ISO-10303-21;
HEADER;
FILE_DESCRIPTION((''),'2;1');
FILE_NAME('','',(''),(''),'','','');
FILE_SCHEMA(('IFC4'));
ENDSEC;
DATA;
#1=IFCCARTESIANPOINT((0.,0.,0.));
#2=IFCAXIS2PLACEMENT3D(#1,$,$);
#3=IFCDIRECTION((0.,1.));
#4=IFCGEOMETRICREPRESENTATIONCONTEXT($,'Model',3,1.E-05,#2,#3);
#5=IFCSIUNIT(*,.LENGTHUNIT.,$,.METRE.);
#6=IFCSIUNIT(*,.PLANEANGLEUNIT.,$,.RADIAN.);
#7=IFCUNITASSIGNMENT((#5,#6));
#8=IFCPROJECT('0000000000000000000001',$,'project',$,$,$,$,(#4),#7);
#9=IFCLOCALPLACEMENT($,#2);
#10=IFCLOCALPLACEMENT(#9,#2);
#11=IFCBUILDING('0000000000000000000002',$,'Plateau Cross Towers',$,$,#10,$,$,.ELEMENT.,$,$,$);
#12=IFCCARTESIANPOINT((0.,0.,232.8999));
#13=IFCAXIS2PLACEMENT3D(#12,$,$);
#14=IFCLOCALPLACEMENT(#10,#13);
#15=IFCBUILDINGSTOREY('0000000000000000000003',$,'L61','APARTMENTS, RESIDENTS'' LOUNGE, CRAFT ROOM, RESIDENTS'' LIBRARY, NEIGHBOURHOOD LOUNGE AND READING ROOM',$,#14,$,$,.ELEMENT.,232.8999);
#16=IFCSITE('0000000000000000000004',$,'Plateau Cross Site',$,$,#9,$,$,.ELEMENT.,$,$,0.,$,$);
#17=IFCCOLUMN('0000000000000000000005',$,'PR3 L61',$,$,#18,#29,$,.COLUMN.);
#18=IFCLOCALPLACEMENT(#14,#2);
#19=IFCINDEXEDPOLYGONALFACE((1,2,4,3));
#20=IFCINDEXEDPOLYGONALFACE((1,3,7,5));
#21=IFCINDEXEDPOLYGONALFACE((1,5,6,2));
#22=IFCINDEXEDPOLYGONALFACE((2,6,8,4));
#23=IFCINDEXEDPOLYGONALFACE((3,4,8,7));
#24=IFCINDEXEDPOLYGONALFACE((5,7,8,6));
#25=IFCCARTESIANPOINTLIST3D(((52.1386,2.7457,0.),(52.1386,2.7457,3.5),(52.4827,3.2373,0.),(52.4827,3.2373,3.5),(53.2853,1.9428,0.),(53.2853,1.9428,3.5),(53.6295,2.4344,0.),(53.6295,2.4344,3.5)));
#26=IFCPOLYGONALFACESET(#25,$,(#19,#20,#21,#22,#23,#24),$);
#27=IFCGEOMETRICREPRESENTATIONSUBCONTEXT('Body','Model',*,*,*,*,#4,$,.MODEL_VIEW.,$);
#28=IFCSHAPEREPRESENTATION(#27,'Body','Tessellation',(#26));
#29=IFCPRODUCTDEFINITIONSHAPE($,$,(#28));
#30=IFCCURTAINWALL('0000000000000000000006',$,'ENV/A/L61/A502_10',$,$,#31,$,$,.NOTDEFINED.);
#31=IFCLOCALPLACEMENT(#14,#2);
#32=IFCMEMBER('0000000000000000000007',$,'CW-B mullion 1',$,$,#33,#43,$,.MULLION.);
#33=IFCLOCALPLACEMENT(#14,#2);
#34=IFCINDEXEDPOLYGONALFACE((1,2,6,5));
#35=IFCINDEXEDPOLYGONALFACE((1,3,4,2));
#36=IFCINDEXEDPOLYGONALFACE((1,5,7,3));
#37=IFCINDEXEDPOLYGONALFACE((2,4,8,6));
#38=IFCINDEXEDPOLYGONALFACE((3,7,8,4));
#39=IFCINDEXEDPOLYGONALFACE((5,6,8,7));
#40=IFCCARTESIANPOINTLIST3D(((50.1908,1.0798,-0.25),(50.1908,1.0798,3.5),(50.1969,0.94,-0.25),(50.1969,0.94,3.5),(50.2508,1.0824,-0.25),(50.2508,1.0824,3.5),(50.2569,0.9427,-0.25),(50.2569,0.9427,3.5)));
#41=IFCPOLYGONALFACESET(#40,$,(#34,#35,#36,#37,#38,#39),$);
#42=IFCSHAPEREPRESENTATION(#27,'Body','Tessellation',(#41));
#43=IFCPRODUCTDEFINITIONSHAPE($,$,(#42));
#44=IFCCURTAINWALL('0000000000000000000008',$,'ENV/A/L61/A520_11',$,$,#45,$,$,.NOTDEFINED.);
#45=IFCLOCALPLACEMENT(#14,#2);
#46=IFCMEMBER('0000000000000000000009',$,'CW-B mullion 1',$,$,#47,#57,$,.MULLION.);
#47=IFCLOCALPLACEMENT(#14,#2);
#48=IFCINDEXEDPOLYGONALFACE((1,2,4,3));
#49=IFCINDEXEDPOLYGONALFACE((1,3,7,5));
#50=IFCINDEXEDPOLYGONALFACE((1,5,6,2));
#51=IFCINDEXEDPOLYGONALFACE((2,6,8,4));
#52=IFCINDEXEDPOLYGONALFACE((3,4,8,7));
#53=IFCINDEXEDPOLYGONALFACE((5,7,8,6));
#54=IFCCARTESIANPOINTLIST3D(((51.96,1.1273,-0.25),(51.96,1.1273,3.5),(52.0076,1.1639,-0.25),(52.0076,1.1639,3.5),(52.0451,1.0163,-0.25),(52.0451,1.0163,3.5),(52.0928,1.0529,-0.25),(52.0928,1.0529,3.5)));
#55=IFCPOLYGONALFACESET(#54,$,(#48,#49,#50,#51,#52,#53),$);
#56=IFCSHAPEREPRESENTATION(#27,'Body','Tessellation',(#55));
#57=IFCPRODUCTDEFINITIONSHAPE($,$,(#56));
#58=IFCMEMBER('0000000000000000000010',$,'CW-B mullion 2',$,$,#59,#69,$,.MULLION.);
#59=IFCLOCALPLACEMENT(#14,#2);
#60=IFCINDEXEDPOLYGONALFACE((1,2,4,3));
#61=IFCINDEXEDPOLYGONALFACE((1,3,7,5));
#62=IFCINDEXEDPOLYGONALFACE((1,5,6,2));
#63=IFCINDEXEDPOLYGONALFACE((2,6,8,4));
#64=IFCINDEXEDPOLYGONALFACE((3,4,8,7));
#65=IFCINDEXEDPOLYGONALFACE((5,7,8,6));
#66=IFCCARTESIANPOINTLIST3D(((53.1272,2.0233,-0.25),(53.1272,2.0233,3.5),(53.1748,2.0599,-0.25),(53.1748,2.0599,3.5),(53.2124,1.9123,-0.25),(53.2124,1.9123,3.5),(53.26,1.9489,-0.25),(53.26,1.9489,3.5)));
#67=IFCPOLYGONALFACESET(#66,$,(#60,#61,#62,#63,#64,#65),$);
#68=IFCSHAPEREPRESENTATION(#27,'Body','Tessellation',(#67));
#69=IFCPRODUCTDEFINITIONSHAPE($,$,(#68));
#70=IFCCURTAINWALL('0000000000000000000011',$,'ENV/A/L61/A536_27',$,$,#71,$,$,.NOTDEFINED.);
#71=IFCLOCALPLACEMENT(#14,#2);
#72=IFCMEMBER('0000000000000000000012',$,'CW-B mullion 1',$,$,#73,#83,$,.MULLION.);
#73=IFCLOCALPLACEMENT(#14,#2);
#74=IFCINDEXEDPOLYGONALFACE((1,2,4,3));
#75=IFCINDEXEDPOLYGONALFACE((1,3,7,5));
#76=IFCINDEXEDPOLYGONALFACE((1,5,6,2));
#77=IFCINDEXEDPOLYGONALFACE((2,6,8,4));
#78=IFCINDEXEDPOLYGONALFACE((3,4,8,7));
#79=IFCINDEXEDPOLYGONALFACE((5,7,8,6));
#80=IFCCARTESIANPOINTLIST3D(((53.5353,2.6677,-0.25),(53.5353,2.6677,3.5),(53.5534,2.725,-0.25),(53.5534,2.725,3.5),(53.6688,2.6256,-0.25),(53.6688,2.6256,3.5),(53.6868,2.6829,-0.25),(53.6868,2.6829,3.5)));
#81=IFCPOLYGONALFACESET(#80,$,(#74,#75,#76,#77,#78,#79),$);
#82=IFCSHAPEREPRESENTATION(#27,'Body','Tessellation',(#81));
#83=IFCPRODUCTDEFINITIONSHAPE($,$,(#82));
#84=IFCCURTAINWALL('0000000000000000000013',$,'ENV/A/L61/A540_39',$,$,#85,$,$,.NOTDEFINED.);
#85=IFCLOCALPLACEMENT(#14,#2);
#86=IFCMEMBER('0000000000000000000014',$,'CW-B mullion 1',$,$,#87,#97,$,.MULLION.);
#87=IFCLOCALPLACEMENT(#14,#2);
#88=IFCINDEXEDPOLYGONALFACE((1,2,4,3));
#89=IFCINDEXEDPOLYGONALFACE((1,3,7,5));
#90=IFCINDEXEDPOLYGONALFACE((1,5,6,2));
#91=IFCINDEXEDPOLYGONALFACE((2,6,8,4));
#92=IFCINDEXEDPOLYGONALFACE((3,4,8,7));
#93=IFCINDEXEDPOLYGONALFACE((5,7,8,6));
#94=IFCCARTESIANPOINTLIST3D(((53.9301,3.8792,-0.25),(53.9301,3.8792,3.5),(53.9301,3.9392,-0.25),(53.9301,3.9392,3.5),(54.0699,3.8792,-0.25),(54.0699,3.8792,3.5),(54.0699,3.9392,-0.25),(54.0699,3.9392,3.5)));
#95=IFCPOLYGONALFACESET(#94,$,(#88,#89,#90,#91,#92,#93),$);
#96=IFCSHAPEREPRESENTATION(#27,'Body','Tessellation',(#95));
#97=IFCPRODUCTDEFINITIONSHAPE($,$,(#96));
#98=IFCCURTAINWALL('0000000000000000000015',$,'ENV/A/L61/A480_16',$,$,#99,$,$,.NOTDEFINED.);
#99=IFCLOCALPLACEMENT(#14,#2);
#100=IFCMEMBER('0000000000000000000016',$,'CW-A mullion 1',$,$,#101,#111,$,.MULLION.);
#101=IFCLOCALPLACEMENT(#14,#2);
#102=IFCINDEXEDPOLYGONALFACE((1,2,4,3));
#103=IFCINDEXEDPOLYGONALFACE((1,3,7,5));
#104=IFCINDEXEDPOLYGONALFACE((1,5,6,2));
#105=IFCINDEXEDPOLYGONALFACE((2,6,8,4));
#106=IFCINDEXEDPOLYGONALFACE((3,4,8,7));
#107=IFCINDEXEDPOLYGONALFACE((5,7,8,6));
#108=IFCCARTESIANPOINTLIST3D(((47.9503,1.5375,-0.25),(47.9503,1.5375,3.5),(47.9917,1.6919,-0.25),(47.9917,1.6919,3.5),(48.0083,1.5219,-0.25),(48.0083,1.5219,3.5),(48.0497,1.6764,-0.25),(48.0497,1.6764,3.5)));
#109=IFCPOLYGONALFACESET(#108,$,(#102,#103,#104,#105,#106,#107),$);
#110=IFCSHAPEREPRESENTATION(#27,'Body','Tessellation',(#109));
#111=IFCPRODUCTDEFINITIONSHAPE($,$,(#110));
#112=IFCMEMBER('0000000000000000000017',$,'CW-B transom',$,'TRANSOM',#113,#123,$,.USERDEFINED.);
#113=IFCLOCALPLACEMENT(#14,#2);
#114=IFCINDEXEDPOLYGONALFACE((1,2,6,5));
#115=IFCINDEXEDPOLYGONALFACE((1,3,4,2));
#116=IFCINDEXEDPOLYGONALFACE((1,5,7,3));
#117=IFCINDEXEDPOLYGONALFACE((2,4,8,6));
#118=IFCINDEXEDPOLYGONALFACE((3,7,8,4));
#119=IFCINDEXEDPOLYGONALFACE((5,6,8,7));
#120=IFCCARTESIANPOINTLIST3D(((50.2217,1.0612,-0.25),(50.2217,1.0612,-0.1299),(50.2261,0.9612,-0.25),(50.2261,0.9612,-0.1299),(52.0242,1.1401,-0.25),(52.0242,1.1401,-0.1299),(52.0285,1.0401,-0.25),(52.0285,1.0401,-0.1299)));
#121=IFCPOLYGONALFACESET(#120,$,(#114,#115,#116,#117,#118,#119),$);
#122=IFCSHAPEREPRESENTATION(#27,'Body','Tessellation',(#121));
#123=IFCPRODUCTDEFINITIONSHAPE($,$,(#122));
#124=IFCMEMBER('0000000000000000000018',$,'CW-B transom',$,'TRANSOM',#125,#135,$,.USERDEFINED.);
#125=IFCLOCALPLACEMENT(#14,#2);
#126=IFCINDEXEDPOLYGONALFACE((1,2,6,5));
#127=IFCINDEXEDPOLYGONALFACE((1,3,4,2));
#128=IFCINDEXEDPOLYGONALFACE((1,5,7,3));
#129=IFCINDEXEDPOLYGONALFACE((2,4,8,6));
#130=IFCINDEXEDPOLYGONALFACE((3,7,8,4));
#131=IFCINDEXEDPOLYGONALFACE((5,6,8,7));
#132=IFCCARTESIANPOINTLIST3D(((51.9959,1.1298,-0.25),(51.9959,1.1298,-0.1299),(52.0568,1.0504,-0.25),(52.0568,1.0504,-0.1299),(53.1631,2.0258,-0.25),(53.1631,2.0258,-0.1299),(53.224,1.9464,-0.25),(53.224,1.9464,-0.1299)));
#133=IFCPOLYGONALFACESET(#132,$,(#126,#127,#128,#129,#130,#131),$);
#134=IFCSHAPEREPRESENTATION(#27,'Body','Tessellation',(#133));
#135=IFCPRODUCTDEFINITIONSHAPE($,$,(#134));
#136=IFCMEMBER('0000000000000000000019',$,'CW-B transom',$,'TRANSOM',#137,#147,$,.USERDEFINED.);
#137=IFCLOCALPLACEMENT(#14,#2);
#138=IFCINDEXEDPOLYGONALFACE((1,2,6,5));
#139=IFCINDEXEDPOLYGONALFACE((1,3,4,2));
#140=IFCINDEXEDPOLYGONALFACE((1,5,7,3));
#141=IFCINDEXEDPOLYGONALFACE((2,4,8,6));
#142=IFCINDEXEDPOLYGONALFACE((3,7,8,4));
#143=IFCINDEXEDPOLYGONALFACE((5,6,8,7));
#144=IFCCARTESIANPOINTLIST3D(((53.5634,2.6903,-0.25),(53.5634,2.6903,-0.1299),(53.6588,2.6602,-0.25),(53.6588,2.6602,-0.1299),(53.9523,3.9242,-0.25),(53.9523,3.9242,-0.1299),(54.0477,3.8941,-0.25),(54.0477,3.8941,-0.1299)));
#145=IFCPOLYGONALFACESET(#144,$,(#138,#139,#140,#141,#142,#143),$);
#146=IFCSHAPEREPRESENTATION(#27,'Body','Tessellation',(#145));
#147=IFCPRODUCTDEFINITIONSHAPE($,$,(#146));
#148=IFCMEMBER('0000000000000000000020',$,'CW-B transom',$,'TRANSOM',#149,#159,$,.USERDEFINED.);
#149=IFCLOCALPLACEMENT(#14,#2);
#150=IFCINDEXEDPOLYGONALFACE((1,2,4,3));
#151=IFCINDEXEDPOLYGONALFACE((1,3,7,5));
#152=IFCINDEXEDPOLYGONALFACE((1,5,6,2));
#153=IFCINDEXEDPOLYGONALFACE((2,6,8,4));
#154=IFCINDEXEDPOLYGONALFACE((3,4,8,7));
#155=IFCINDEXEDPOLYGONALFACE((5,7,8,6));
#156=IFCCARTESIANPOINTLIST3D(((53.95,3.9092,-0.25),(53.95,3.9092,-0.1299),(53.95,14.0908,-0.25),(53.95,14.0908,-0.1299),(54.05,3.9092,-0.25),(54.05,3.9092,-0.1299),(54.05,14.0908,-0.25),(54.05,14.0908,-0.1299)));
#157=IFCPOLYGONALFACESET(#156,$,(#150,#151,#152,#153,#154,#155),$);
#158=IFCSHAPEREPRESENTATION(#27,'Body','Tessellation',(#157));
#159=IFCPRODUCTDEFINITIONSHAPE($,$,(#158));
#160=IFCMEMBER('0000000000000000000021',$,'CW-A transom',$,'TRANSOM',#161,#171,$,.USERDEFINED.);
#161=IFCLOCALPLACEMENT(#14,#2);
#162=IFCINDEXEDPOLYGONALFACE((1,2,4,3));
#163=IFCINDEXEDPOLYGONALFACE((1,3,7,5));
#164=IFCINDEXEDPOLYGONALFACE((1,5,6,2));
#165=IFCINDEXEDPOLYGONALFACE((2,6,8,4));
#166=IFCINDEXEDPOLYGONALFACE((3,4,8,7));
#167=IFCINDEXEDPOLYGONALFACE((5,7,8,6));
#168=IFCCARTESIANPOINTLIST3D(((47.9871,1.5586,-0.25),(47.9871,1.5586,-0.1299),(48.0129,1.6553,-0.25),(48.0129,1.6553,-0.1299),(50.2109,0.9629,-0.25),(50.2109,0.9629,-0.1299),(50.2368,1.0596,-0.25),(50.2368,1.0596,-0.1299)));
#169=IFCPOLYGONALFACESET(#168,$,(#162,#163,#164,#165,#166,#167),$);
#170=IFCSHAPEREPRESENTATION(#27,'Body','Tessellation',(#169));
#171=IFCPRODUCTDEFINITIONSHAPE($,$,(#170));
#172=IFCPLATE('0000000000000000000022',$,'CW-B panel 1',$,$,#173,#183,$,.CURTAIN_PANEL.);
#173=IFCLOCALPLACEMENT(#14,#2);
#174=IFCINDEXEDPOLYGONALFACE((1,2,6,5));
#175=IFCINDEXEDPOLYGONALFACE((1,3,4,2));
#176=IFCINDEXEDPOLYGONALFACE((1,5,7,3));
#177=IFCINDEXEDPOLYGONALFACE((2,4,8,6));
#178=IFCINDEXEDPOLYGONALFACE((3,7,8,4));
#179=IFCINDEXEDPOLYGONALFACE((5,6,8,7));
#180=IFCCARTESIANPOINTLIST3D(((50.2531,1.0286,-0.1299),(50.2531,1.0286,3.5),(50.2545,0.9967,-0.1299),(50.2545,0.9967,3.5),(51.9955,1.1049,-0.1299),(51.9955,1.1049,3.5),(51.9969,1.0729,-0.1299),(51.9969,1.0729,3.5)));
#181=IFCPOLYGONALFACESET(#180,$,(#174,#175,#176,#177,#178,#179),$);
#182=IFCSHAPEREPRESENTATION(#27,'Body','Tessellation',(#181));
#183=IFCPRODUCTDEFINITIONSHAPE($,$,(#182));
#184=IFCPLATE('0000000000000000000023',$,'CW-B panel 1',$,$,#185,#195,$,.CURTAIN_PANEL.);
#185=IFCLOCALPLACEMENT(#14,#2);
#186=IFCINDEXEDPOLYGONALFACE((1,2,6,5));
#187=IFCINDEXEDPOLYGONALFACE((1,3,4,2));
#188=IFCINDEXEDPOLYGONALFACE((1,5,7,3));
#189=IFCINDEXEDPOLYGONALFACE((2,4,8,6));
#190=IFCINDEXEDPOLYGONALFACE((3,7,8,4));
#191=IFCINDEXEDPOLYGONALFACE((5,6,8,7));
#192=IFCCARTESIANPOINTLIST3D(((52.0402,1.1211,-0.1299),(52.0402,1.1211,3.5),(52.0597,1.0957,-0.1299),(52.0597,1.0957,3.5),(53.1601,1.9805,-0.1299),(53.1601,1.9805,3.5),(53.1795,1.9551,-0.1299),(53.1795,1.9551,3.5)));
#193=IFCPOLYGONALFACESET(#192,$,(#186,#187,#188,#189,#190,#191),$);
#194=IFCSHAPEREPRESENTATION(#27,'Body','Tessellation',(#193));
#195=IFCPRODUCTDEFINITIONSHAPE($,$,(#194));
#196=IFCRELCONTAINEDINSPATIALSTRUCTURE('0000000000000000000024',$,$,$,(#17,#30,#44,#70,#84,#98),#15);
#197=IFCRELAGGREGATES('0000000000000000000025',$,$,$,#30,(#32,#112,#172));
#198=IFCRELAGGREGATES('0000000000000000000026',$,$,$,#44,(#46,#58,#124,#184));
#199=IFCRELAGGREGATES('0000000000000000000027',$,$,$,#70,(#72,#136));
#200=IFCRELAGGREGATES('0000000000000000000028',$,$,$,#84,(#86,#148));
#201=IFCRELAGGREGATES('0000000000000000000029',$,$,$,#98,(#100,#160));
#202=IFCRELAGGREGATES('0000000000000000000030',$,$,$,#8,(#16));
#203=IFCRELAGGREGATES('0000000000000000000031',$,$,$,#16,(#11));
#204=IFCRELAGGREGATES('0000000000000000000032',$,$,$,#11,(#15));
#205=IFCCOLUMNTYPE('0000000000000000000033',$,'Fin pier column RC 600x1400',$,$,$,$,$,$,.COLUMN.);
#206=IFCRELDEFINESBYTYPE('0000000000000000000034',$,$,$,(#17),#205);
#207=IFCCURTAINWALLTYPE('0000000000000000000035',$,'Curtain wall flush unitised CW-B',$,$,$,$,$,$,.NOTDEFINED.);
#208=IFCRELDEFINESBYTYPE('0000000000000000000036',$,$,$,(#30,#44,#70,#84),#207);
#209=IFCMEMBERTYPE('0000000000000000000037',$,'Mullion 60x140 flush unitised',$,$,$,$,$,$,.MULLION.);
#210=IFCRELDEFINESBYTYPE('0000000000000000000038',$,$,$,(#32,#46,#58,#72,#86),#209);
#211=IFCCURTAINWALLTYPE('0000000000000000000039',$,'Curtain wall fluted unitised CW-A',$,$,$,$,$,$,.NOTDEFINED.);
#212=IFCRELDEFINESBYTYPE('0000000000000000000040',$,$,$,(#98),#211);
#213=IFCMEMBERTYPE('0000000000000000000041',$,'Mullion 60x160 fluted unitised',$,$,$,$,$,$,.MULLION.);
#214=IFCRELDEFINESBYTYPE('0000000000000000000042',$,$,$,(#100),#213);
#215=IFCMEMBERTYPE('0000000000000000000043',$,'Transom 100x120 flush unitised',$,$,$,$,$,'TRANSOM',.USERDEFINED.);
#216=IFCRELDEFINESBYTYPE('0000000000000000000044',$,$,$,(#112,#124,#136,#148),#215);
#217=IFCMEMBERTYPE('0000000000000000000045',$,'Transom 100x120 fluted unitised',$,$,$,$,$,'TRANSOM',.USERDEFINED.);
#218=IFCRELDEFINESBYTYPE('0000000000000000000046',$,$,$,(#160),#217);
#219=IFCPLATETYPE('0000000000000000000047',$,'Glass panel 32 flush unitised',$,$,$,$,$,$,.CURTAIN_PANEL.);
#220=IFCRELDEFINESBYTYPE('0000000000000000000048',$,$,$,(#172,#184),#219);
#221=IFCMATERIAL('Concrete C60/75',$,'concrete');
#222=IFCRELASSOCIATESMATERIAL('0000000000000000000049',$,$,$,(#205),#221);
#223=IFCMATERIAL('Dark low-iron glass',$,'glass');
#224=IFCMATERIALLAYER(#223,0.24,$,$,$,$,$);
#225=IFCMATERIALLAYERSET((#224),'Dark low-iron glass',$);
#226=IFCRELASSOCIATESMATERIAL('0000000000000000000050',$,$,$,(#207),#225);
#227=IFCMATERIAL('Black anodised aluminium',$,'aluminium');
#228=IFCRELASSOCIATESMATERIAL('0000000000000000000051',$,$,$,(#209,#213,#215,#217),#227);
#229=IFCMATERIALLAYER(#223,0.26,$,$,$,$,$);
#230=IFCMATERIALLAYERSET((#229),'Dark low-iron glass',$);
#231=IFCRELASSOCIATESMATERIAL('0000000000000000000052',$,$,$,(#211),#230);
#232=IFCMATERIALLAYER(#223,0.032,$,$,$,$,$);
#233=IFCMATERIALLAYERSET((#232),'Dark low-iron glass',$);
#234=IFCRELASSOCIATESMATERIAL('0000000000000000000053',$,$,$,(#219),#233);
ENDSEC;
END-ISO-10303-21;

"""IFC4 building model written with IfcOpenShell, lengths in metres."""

from ifc_helpers import new_model, si_unit, direction, frame, origin, origin_2d, place, context, subcontext, project, spatial, rectangle, extrude, material, layer, layer_set, material_profile, profile_set, type_object, element, aggregate, save


model = new_model("IFC4")

# Units and contexts
model_context = context("Model", 3, precision=1e-05, world=origin(), true_north=direction((0.0, 1.0)))
body_context = subcontext(model_context, "Body", "Model", "MODEL_VIEW")
ifc_project = project(units=[si_unit("LENGTHUNIT", "METRE"), si_unit("PLANEANGLEUNIT", "RADIAN")], contexts=[model_context])

# Site, building, storey
site_placement = place(None, origin())
site = spatial("IfcSite", under=ifc_project, at=site_placement, Name="Plateau Cross Site", CompositionType="ELEMENT", RefElevation=0.0)
building_placement = place(site_placement, origin())
building = spatial("IfcBuilding", under=site, at=building_placement, Name="Plateau Cross Towers", CompositionType="ELEMENT")
storey_placement = place(building_placement, frame((0.0, 0.0, 232.8999)))
storey = spatial("IfcBuildingStorey", under=building, at=storey_placement, Name="L61", Description="APARTMENTS, RESIDENTS' LOUNGE, CRAFT ROOM, RESIDENTS' LIBRARY, NEIGHBOURHOOD LOUNGE AND READING ROOM", CompositionType="ELEMENT", Elevation=232.8999)

# Column
ifc_material_1 = material(Name="Concrete C60/75", Category="concrete")
ifc_material_profile_1 = material_profile(ifc_material_1, rectangle(XDim=0.6001, YDim=1.3999, at=origin_2d()), Name="RC 600x1400")
ifc_profile_set_1 = profile_set([ifc_material_profile_1], Name="Concrete C60/75")
column_type = type_object("IfcColumnType", Name="Fin pier column RC 600x1400", PredefinedType="COLUMN", material=ifc_profile_set_1)
column_placement = place(storey_placement, frame((52.884, 2.5901, 0.0), z_axis=(0.0, 0.0, 1.0), x_axis=(0.573543, 0.819176, 0.0)))
element("IfcColumn", 1, at=column_placement, inside=storey, type_object=column_type, Name="PR3 L61", PredefinedType="COLUMN", context=body_context, shape_type="SweptSolid", body=[
    extrude(rectangle(XDim=0.6001, YDim=1.3999, at=origin_2d()), origin(), (0.0, 0.0, 1.0), 3.5),
])

# Curtain wall, member
ifc_material_2 = material(Name="Dark low-iron glass", Category="glass")
ifc_layer_1 = layer(ifc_material_2, 0.24)
ifc_layer_set_1 = layer_set([ifc_layer_1], Name="Dark low-iron glass")
curtain_wall_type_1 = type_object("IfcCurtainWallType", Name="Curtain wall flush unitised CW-B", PredefinedType="NOTDEFINED", material=ifc_layer_set_1)
curtain_wall_1_placement = place(storey_placement, origin())
curtain_wall_1 = element("IfcCurtainWall", 2, at=curtain_wall_1_placement, inside=storey, type_object=curtain_wall_type_1, Name="ENV/A/L61/A502_10", PredefinedType="NOTDEFINED")
ifc_material_3 = material(Name="Black anodised aluminium", Category="aluminium")
ifc_material_profile_2 = material_profile(ifc_material_3, rectangle(XDim=0.0601, YDim=0.1399, at=origin_2d()), Name="MULLION 60x140")
ifc_profile_set_2 = profile_set([ifc_material_profile_2], Name="Black anodised aluminium")
member_type_1 = type_object("IfcMemberType", Name="Mullion 60x140 flush unitised", PredefinedType="MULLION", material=ifc_profile_set_2)
member_1_placement = place(storey_placement, frame((50.2239, 1.0112, -0.25), z_axis=(0.0, 0.0, 1.0), x_axis=(0.999044, 0.043723, 0.0)))
member_1 = element("IfcMember", 3, at=member_1_placement, type_object=member_type_1, Name="CW-B mullion 1", PredefinedType="MULLION", context=body_context, shape_type="SweptSolid", body=[
    extrude(rectangle(XDim=0.0601, YDim=0.1399, at=origin_2d()), origin(), (0.0, 0.0, 1.0), 3.75),
])

# Curtain wall, members
curtain_wall_2_placement = place(storey_placement, origin())
curtain_wall_2 = element("IfcCurtainWall", 4, at=curtain_wall_2_placement, inside=storey, type_object=curtain_wall_type_1, Name="ENV/A/L61/A520_11", PredefinedType="NOTDEFINED")
member_2_placement = place(storey_placement, frame((52.0264, 1.0901, -0.25), z_axis=(0.0, 0.0, 1.0), x_axis=(0.793316, 0.608811, 0.0)))
member_2 = element("IfcMember", 5, at=member_2_placement, type_object=member_type_1, Name="CW-B mullion 1", PredefinedType="MULLION", context=body_context, shape_type="SweptSolid", body=[
    extrude(rectangle(XDim=0.0601, YDim=0.1399, at=origin_2d()), origin(), (0.0, 0.0, 1.0), 3.75),
])
member_3_placement = place(storey_placement, frame((53.1936, 1.9861, -0.25), z_axis=(0.0, 0.0, 1.0), x_axis=(0.793316, 0.608811, 0.0)))
member_3 = element("IfcMember", 6, at=member_3_placement, type_object=member_type_1, Name="CW-B mullion 2", PredefinedType="MULLION", context=body_context, shape_type="SweptSolid", body=[
    extrude(rectangle(XDim=0.0601, YDim=0.1399, at=origin_2d()), origin(), (0.0, 0.0, 1.0), 3.75),
])

# Curtain walls, members
curtain_wall_3_placement = place(storey_placement, origin())
curtain_wall_3 = element("IfcCurtainWall", 7, at=curtain_wall_3_placement, inside=storey, type_object=curtain_wall_type_1, Name="ENV/A/L61/A536_27", PredefinedType="NOTDEFINED")
member_4_placement = place(storey_placement, frame((53.6111, 2.6753, -0.25), z_axis=(0.0, 0.0, 1.0), x_axis=(0.300686, 0.953723, 0.0)))
member_4 = element("IfcMember", 8, at=member_4_placement, type_object=member_type_1, Name="CW-B mullion 1", PredefinedType="MULLION", context=body_context, shape_type="SweptSolid", body=[
    extrude(rectangle(XDim=0.0601, YDim=0.1399, at=origin_2d()), origin(), (0.0, 0.0, 1.0), 3.75),
])
curtain_wall_4_placement = place(storey_placement, origin())
curtain_wall_4 = element("IfcCurtainWall", 9, at=curtain_wall_4_placement, inside=storey, type_object=curtain_wall_type_1, Name="ENV/A/L61/A540_39", PredefinedType="NOTDEFINED")
member_5_placement = place(storey_placement, frame((54.0, 3.9092, -0.25), z_axis=(0.0, 0.0, 1.0), x_axis=(0.0, 1.0, 0.0)))
member_5 = element("IfcMember", 10, at=member_5_placement, type_object=member_type_1, Name="CW-B mullion 1", PredefinedType="MULLION", context=body_context, shape_type="SweptSolid", body=[
    extrude(rectangle(XDim=0.0601, YDim=0.1399, at=origin_2d()), origin(), (0.0, 0.0, 1.0), 3.75),
])
ifc_layer_2 = layer(ifc_material_2, 0.26)
ifc_layer_set_2 = layer_set([ifc_layer_2], Name="Dark low-iron glass")
curtain_wall_type_2 = type_object("IfcCurtainWallType", Name="Curtain wall fluted unitised CW-A", PredefinedType="NOTDEFINED", material=ifc_layer_set_2)
curtain_wall_5_placement = place(storey_placement, origin())
curtain_wall_5 = element("IfcCurtainWall", 11, at=curtain_wall_5_placement, inside=storey, type_object=curtain_wall_type_2, Name="ENV/A/L61/A480_16", PredefinedType="NOTDEFINED")
ifc_material_profile_3 = material_profile(ifc_material_3, rectangle(XDim=0.0601, YDim=0.1599, at=origin_2d()), Name="MULLION 60x160")
ifc_profile_set_3 = profile_set([ifc_material_profile_3], Name="Black anodised aluminium")
member_type_2 = type_object("IfcMemberType", Name="Mullion 60x160 fluted unitised", PredefinedType="MULLION", material=ifc_profile_set_3)
member_6_placement = place(storey_placement, frame((48.0, 1.6069, -0.25), z_axis=(0.0, 0.0, 1.0), x_axis=(0.965958, -0.258699, 0.0)))
member_6 = element("IfcMember", 12, at=member_6_placement, type_object=member_type_2, Name="CW-A mullion 1", PredefinedType="MULLION", context=body_context, shape_type="SweptSolid", body=[
    extrude(rectangle(XDim=0.0601, YDim=0.1599, at=origin_2d()), origin(), (0.0, 0.0, 1.0), 3.75),
])

# Members
ifc_material_profile_4 = material_profile(ifc_material_3, rectangle(XDim=0.1001, YDim=0.1201, at=origin_2d()), Name="TRANSOM 100x120")
ifc_profile_set_4 = profile_set([ifc_material_profile_4], Name="Black anodised aluminium")
member_type_3 = type_object("IfcMemberType", Name="Transom 100x120 flush unitised", ElementType="TRANSOM", PredefinedType="USERDEFINED", material=ifc_profile_set_4)
member_7_placement = place(storey_placement, frame((50.2239, 1.0112, -0.1899), z_axis=(0.999044, 0.043707, 0.0), x_axis=(-0.043707, 0.999044, 0.0)))
member_7 = element("IfcMember", 13, at=member_7_placement, type_object=member_type_3, Name="CW-B transom", ObjectType="TRANSOM", PredefinedType="USERDEFINED", context=body_context, shape_type="SweptSolid", body=[
    extrude(rectangle(XDim=0.1001, YDim=0.1201, at=origin_2d()), origin(), (0.0, 0.0, 1.0), 1.8042),
])
member_8_placement = place(storey_placement, frame((52.0264, 1.0901, -0.1899), z_axis=(0.79324, 0.608909, 0.0), x_axis=(-0.608909, 0.79324, 0.0)))
member_8 = element("IfcMember", 14, at=member_8_placement, type_object=member_type_3, Name="CW-B transom", ObjectType="TRANSOM", PredefinedType="USERDEFINED", context=body_context, shape_type="SweptSolid", body=[
    extrude(rectangle(XDim=0.1001, YDim=0.1201, at=origin_2d()), origin(), (0.0, 0.0, 1.0), 1.4714),
])
member_9_placement = place(storey_placement, frame((53.6111, 2.6753, -0.1899), z_axis=(0.300617, 0.953745, 0.0), x_axis=(-0.953745, 0.300617, 0.0)))
member_9 = element("IfcMember", 15, at=member_9_placement, type_object=member_type_3, Name="CW-B transom", ObjectType="TRANSOM", PredefinedType="USERDEFINED", context=body_context, shape_type="SweptSolid", body=[
    extrude(rectangle(XDim=0.1001, YDim=0.1201, at=origin_2d()), origin(), (0.0, 0.0, 1.0), 1.2937),
])
member_10_placement = place(storey_placement, frame((54.0, 3.9092, -0.1899), z_axis=(0.0, 1.0, 0.0), x_axis=(-1.0, 0.0, 0.0)))
member_10 = element("IfcMember", 16, at=member_10_placement, type_object=member_type_3, Name="CW-B transom", ObjectType="TRANSOM", PredefinedType="USERDEFINED", context=body_context, shape_type="SweptSolid", body=[
    extrude(rectangle(XDim=0.1001, YDim=0.1201, at=origin_2d()), origin(), (0.0, 0.0, 1.0), 10.1816),
])
ifc_material_profile_5 = material_profile(ifc_material_3, rectangle(XDim=0.1001, YDim=0.1201, at=origin_2d()), Name="TRANSOM 100x120")
ifc_profile_set_5 = profile_set([ifc_material_profile_5], Name="Black anodised aluminium")
member_type_4 = type_object("IfcMemberType", Name="Transom 100x120 fluted unitised", ElementType="TRANSOM", PredefinedType="USERDEFINED", material=ifc_profile_set_5)
member_11_placement = place(storey_placement, frame((48.0, 1.6069, -0.1899), z_axis=(0.965946, -0.258745, 0.0), x_axis=(0.258745, 0.965946, 0.0)))
member_11 = element("IfcMember", 17, at=member_11_placement, type_object=member_type_4, Name="CW-A transom", ObjectType="TRANSOM", PredefinedType="USERDEFINED", context=body_context, shape_type="SweptSolid", body=[
    extrude(rectangle(XDim=0.1001, YDim=0.1201, at=origin_2d()), origin(), (0.0, 0.0, 1.0), 2.3022),
])

# Plates
ifc_layer_3 = layer(ifc_material_2, 0.032)
ifc_layer_set_3 = layer_set([ifc_layer_3], Name="Dark low-iron glass")
plate_type_1 = type_object("IfcPlateType", Name="Glass panel 32 flush unitised", PredefinedType="CURTAIN_PANEL", material=ifc_layer_set_3)
plate_1_placement = place(storey_placement, frame((51.125, 1.0508, -0.1299), z_axis=(0.0, 0.0, 1.0), x_axis=(0.999044, 0.043723, 0.0)))
plate_1 = element("IfcPlate", 18, at=plate_1_placement, type_object=plate_type_1, Name="CW-B panel 1", PredefinedType="CURTAIN_PANEL", context=body_context, shape_type="SweptSolid", body=[
    extrude(rectangle(XDim=1.7441, YDim=0.032, at=origin_2d()), origin(), (0.0, 0.0, 1.0), 3.6299),
])
aggregate(curtain_wall_1, [member_1, member_7, plate_1])
plate_2_placement = place(storey_placement, frame((52.6099, 1.5381, -0.1299), z_axis=(0.0, 0.0, 1.0), x_axis=(0.793316, 0.608811, 0.0)))
plate_2 = element("IfcPlate", 19, at=plate_2_placement, type_object=plate_type_1, Name="CW-B panel 1", PredefinedType="CURTAIN_PANEL", context=body_context, shape_type="SweptSolid", body=[
    extrude(rectangle(XDim=1.4116, YDim=0.032, at=origin_2d()), origin(), (0.0, 0.0, 1.0), 3.6299),
])
aggregate(curtain_wall_2, [member_2, member_3, member_8, plate_2])
aggregate(curtain_wall_3, [member_4, member_9])
aggregate(curtain_wall_4, [member_5, member_10])

aggregate(curtain_wall_5, [member_6, member_11])

save(model, "model.ifc")
